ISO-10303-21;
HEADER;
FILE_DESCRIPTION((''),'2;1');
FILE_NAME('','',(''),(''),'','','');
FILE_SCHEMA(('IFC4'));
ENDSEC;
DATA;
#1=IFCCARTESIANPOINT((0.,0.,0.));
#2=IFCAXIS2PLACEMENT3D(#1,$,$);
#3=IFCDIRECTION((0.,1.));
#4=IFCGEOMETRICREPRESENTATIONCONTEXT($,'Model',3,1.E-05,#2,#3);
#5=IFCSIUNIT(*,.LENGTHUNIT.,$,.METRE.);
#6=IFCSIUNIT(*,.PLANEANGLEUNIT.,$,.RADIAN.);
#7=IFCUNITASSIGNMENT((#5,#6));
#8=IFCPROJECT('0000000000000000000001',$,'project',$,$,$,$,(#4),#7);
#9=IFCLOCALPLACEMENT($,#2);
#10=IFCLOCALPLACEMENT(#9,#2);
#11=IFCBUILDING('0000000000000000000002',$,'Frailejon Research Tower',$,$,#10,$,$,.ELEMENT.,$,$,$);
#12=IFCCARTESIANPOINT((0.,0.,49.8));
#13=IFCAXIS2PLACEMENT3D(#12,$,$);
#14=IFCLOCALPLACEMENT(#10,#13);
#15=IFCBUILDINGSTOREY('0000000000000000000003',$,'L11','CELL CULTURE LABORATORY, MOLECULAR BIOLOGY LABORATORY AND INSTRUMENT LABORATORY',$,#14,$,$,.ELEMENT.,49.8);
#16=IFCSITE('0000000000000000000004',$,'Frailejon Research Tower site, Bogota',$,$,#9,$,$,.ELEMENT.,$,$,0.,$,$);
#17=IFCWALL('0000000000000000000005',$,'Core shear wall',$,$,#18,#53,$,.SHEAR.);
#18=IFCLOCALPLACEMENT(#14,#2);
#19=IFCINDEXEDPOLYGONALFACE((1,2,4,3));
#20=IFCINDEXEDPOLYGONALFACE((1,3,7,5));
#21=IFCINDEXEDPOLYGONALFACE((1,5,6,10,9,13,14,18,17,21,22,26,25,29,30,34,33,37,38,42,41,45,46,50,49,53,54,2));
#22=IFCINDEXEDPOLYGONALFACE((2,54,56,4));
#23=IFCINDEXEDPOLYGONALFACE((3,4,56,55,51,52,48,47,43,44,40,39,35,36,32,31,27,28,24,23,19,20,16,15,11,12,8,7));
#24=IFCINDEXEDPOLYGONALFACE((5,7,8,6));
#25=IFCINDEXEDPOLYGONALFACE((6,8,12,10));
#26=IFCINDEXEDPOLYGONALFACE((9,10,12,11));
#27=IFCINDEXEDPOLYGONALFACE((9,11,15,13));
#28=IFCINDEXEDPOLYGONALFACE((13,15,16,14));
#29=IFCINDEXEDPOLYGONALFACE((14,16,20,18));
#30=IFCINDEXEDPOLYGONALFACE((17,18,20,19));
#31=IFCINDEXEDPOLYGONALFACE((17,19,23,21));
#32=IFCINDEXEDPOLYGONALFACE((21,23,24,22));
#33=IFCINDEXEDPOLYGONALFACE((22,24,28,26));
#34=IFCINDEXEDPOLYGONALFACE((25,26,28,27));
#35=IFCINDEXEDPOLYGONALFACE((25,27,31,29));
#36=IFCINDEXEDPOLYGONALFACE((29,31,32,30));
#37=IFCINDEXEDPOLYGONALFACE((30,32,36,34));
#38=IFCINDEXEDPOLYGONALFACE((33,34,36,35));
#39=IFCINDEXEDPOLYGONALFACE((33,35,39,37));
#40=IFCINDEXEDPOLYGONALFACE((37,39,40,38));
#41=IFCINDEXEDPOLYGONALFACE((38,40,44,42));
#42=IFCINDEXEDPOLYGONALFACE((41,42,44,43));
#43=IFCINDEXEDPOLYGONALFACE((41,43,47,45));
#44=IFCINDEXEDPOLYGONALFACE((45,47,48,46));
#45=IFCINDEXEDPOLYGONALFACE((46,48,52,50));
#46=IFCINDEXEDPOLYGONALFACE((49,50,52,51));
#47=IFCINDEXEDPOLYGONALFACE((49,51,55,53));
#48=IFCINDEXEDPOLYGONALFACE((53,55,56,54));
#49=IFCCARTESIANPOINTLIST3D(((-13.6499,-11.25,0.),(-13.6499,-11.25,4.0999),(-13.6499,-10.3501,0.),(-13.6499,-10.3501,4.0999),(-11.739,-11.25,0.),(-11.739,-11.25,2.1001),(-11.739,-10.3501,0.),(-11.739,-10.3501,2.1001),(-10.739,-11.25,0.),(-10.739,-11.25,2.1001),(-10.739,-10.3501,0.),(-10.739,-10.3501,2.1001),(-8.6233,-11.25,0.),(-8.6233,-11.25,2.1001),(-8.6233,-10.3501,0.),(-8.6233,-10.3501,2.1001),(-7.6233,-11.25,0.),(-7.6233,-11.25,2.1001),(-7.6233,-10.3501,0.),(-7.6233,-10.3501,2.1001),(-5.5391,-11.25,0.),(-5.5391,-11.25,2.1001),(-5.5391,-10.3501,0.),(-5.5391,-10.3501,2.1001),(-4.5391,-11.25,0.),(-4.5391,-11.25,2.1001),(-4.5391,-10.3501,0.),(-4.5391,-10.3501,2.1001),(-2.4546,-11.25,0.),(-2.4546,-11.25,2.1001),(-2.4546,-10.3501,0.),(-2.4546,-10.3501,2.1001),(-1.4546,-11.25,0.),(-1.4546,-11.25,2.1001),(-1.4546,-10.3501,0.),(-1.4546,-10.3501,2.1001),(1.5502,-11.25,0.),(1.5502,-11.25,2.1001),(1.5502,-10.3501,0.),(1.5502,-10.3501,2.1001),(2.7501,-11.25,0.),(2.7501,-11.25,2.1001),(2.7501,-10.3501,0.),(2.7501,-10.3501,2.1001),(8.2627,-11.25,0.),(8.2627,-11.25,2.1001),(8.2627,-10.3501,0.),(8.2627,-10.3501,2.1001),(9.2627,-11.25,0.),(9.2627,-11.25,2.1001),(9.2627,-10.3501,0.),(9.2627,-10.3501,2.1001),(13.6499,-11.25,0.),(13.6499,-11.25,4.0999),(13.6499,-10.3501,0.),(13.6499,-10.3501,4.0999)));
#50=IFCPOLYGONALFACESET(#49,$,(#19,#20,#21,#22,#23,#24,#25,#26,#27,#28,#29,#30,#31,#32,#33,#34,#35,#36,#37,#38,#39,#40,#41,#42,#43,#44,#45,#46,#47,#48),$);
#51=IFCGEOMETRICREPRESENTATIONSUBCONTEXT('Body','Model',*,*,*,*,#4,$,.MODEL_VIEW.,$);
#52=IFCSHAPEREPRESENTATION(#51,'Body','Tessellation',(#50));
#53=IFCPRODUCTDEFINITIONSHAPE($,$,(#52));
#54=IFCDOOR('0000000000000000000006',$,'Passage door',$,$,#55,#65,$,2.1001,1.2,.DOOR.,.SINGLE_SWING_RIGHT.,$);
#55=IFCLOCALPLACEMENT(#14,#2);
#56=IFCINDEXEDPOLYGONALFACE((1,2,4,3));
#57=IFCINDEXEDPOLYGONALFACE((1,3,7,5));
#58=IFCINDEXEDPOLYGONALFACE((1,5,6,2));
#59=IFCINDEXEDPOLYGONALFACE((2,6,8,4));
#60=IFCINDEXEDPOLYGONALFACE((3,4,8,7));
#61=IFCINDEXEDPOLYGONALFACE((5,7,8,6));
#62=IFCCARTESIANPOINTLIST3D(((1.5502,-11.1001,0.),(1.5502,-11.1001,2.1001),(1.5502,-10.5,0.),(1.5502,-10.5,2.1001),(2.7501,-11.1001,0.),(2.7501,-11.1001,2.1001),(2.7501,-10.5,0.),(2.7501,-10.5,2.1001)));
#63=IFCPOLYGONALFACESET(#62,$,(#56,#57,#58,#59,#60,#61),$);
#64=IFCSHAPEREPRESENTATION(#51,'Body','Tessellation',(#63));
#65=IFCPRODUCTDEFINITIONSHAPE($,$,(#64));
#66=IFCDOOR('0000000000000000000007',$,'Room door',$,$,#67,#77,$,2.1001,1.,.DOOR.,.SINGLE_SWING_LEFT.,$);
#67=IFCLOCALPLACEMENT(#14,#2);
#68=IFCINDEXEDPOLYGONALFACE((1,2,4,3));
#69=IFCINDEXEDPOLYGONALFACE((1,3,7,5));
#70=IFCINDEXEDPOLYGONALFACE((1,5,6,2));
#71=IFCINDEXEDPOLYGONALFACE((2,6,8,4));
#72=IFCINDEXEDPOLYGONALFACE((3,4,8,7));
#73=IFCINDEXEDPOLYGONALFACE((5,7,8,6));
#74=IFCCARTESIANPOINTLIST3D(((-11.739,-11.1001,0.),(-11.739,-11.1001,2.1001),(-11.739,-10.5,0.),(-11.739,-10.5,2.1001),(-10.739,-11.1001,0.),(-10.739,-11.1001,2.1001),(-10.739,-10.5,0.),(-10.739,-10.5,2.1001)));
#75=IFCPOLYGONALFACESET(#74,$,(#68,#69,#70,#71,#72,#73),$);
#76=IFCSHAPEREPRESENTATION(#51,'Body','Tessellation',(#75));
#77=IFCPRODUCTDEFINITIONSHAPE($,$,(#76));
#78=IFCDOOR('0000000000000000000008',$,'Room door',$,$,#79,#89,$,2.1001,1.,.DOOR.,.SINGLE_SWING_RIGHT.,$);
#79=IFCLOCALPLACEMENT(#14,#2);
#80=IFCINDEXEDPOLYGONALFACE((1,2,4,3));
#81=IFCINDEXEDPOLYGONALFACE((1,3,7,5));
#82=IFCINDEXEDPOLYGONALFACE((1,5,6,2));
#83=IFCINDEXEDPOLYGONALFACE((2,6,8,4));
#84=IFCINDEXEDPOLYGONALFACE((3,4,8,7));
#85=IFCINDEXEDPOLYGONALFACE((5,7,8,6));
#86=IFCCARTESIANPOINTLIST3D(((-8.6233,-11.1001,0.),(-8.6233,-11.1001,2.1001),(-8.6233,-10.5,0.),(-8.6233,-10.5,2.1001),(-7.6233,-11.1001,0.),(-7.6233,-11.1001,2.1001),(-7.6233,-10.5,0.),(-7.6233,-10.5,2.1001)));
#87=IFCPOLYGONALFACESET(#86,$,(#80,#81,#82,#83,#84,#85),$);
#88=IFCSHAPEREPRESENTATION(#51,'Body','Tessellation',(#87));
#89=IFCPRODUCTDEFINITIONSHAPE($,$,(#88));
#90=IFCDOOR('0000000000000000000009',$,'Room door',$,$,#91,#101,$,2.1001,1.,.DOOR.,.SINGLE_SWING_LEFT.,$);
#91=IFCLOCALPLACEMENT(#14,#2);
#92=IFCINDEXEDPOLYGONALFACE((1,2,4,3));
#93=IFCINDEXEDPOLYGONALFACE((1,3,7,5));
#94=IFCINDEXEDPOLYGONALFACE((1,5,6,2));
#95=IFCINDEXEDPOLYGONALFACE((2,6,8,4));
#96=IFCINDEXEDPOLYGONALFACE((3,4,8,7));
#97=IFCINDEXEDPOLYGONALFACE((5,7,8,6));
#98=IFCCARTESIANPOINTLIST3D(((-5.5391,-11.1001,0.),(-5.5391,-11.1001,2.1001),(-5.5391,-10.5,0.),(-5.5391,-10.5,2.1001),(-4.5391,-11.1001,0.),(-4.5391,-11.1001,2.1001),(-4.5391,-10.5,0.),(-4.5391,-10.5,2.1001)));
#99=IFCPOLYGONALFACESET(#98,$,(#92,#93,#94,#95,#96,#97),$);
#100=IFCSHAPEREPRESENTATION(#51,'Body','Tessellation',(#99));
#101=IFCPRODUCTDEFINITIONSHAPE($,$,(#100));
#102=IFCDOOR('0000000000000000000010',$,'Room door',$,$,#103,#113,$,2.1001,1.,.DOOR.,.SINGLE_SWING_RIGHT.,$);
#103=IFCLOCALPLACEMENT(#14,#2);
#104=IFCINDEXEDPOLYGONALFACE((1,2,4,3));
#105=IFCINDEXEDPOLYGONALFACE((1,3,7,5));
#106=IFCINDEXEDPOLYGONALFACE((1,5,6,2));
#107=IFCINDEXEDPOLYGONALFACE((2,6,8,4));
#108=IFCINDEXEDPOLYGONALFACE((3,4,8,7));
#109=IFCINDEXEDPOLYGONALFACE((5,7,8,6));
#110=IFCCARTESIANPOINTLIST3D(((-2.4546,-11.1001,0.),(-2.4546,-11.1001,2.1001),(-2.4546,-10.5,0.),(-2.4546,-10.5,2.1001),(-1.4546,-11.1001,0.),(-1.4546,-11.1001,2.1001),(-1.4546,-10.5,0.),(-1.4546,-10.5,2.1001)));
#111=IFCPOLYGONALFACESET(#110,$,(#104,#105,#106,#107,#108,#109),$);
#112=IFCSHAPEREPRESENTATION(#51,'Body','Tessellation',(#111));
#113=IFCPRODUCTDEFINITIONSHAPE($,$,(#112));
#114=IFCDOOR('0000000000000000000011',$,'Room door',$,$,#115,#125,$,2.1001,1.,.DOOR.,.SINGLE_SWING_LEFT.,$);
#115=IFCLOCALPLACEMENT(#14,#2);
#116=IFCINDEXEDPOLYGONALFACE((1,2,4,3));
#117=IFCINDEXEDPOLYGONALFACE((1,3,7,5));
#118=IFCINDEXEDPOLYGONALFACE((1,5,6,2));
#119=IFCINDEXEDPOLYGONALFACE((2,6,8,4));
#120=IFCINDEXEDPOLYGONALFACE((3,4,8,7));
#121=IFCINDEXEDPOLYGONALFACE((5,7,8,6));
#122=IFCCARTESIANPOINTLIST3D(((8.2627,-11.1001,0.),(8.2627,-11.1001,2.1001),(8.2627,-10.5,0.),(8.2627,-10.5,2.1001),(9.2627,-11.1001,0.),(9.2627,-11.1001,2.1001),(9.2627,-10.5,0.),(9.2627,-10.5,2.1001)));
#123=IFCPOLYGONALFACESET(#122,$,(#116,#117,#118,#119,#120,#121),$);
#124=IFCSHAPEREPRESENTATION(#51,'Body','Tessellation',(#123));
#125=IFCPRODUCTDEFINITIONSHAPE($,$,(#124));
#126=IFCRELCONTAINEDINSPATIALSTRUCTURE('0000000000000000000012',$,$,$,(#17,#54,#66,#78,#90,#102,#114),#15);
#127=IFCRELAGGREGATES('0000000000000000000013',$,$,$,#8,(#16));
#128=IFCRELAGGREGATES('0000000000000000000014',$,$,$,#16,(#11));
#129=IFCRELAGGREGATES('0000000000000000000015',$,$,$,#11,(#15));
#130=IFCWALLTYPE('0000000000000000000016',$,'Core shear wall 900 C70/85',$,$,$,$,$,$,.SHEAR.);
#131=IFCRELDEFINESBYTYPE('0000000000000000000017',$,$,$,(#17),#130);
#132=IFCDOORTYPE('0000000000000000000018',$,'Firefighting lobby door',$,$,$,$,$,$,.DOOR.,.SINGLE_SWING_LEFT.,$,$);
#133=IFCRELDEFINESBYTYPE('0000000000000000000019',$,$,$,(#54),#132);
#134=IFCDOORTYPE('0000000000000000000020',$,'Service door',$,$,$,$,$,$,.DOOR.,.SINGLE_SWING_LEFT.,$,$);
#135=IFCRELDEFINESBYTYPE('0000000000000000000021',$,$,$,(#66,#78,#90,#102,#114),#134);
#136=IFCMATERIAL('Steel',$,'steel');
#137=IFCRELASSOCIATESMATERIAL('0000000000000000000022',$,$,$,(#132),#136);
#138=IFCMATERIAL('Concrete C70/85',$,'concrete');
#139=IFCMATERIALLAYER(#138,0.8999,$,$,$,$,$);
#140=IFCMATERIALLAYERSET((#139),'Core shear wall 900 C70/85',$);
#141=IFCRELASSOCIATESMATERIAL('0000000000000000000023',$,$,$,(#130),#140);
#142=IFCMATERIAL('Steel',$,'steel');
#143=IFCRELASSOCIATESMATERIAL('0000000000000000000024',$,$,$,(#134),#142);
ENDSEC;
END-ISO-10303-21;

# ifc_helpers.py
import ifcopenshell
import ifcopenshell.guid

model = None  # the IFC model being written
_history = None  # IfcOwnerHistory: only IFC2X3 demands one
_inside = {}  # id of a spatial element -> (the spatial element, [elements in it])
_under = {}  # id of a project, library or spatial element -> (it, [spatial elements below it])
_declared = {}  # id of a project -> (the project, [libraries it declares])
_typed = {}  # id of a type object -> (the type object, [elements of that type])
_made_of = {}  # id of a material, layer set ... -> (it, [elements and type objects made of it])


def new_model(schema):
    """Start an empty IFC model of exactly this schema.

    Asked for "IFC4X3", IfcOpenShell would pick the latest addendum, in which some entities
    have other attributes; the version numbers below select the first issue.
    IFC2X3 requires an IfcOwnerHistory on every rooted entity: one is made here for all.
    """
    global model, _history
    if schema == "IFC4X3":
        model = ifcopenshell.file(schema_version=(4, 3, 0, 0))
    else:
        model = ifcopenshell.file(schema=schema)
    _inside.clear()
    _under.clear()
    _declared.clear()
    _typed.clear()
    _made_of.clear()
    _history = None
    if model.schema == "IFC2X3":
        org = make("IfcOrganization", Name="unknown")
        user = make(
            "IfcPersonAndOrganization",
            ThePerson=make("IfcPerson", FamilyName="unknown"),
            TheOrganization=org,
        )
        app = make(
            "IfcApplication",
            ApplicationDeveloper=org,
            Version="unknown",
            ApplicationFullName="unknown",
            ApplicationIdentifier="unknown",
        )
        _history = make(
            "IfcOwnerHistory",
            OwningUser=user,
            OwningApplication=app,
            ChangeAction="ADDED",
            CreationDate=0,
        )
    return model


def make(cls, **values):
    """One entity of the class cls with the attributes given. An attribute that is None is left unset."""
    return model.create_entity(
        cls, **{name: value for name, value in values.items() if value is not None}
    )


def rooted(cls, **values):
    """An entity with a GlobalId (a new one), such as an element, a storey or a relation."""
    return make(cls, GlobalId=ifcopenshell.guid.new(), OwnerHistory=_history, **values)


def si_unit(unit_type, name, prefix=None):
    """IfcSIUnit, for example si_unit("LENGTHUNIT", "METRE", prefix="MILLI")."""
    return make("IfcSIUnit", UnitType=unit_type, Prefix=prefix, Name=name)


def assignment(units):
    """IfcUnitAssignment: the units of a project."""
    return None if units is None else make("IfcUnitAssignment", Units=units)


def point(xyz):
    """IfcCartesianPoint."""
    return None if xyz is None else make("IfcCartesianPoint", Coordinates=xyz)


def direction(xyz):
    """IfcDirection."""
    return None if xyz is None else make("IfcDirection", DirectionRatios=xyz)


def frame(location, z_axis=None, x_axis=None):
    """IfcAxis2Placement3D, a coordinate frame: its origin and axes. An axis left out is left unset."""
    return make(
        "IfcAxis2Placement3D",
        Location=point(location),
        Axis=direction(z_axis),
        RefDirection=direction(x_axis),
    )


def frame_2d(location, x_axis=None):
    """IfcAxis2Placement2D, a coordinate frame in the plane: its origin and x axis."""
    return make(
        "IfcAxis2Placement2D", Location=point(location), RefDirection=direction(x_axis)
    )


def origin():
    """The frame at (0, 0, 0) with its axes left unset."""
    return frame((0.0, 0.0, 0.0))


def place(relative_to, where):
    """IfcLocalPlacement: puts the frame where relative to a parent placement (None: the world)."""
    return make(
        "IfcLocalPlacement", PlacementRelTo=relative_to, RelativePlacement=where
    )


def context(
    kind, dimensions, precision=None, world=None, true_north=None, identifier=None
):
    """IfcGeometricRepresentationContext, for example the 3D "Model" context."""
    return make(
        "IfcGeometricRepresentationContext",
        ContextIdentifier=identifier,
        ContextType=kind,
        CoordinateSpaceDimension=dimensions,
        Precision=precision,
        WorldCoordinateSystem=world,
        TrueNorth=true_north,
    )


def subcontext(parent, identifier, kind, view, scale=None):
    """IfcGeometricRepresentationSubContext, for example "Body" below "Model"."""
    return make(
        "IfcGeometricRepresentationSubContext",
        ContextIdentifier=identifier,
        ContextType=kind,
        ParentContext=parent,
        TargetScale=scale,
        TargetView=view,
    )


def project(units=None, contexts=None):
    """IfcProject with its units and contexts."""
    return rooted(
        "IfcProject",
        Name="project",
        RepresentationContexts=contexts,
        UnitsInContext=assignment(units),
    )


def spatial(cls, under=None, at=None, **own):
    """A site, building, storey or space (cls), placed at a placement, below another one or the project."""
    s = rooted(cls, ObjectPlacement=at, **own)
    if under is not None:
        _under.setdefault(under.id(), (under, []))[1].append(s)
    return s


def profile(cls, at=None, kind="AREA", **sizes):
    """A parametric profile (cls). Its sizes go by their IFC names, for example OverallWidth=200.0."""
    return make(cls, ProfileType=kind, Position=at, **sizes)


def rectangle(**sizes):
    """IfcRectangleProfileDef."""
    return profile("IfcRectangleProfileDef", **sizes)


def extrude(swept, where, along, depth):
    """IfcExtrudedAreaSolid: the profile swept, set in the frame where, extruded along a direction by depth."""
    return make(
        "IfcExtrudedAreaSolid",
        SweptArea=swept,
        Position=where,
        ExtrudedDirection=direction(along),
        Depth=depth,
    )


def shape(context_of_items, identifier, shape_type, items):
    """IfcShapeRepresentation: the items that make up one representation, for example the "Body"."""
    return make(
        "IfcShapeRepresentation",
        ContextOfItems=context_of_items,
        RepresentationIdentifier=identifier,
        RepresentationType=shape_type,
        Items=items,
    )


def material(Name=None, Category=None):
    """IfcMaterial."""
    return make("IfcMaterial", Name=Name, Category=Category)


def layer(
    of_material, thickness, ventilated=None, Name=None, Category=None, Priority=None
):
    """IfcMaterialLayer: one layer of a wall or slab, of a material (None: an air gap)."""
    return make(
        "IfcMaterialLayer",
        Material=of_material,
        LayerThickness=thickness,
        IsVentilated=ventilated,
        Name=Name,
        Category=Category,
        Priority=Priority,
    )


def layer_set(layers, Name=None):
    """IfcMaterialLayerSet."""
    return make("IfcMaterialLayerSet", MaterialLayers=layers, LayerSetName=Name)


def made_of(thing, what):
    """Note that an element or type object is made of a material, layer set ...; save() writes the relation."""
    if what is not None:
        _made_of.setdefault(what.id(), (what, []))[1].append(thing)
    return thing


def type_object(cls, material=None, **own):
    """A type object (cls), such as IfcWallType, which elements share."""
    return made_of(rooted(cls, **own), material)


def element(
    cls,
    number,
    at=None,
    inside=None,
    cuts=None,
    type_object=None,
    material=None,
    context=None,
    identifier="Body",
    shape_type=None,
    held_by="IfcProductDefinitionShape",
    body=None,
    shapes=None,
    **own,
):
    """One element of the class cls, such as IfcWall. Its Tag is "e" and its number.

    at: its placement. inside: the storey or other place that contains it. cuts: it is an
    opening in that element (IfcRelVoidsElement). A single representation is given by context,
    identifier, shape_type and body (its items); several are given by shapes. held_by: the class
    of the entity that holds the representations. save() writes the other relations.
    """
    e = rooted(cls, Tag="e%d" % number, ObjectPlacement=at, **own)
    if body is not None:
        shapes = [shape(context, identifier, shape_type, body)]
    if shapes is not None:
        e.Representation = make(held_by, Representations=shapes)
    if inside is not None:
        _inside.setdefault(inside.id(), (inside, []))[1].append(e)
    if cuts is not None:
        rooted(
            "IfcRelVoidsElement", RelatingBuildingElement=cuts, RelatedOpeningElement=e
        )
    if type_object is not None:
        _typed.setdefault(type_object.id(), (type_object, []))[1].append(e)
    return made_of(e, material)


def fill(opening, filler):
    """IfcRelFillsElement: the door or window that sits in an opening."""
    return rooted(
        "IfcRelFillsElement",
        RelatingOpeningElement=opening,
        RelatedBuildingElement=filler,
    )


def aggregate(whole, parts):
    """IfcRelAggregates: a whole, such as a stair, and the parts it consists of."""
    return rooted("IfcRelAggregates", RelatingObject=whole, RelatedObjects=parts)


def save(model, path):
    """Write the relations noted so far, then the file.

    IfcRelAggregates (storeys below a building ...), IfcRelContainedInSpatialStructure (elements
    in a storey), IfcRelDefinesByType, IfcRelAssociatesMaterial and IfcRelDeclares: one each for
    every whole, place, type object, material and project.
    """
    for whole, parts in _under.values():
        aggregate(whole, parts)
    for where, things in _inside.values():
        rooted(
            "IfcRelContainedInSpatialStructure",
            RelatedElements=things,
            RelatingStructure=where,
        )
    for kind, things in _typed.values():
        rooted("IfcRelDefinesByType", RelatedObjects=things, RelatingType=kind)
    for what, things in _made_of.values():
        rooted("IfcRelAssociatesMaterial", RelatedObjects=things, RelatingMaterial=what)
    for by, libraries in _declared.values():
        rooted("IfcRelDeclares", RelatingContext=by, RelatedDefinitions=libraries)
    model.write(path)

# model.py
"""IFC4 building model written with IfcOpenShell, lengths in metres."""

from ifc_helpers import new_model, si_unit, direction, frame, frame_2d, origin, place, context, subcontext, project, spatial, rectangle, extrude, material, layer, layer_set, type_object, element, fill, save


model = new_model("IFC4")

# Units and contexts
model_context = context("Model", 3, precision=1e-05, world=origin(), true_north=direction((0.0, 1.0)))
body_context = subcontext(model_context, "Body", "Model", "MODEL_VIEW")
ifc_project = project(units=[si_unit("LENGTHUNIT", "METRE"), si_unit("PLANEANGLEUNIT", "RADIAN")], contexts=[model_context])

# Site, building, storey
site_placement = place(None, origin())
site = spatial("IfcSite", under=ifc_project, at=site_placement, Name="Frailejon Research Tower site, Bogota", CompositionType="ELEMENT", RefElevation=0.0)
building_placement = place(site_placement, origin())
building = spatial("IfcBuilding", under=site, at=building_placement, Name="Frailejon Research Tower", CompositionType="ELEMENT")
storey_placement = place(building_placement, frame((0.0, 0.0, 49.8)))
storey = spatial("IfcBuildingStorey", under=building, at=storey_placement, Name="L11", Description="CELL CULTURE LABORATORY, MOLECULAR BIOLOGY LABORATORY AND INSTRUMENT LABORATORY", CompositionType="ELEMENT", Elevation=49.8)

# Shared definitions
ifc_material_1 = material(Name="Steel", Category="steel")
door_type_1 = type_object("IfcDoorType", Name="Firefighting lobby door", OperationType="SINGLE_SWING_LEFT", PredefinedType="DOOR", material=ifc_material_1)

# Wall, openings, doors
ifc_material_2 = material(Name="Concrete C70/85", Category="concrete")
ifc_layer_1 = layer(ifc_material_2, 0.8999)
ifc_layer_set_1 = layer_set([ifc_layer_1], Name="Core shear wall 900 C70/85")
wall_type_1 = type_object("IfcWallType", Name="Core shear wall 900 C70/85", PredefinedType="SHEAR", material=ifc_layer_set_1)
wall_1_placement = place(storey_placement, frame((-13.6499, -10.8, 0.0), z_axis=(0.0, 0.0, 1.0), x_axis=(1.0, 0.0, 0.0)))
wall_1 = element("IfcWall", 1, at=wall_1_placement, inside=storey, type_object=wall_type_1, Name="Core shear wall", PredefinedType="SHEAR", context=body_context, shape_type="SweptSolid", body=[
    extrude(rectangle(XDim=27.2998, YDim=0.8999, at=frame_2d((13.6499, 0.0))), origin(), (0.0, 0.0, 1.0), 4.0999),
])
opening_1_placement = place(wall_1_placement, frame((1.9109, 0.0, 0.0)))
opening_1 = element("IfcOpeningElement", 2, at=opening_1_placement, cuts=wall_1, PredefinedType="OPENING", context=body_context, shape_type="SweptSolid", body=[
    extrude(rectangle(XDim=1.0, YDim=2.1001, at=frame_2d((0.5, 1.05))), frame((0.0, 0.46, 0.0), z_axis=(0.0, -1.0, 0.0), x_axis=(1.0, 0.0, 0.0)), (0.0, 0.0, 1.0), 0.9199),
])
opening_2_placement = place(wall_1_placement, frame((5.0266, 0.0, 0.0)))
opening_2 = element("IfcOpeningElement", 3, at=opening_2_placement, cuts=wall_1, PredefinedType="OPENING", context=body_context, shape_type="SweptSolid", body=[
    extrude(rectangle(XDim=1.0, YDim=2.1001, at=frame_2d((0.5, 1.05))), frame((0.0, 0.46, 0.0), z_axis=(0.0, -1.0, 0.0), x_axis=(1.0, 0.0, 0.0)), (0.0, 0.0, 1.0), 0.9199),
])
opening_3_placement = place(wall_1_placement, frame((8.1108, 0.0, 0.0)))
opening_3 = element("IfcOpeningElement", 4, at=opening_3_placement, cuts=wall_1, PredefinedType="OPENING", context=body_context, shape_type="SweptSolid", body=[
    extrude(rectangle(XDim=1.0, YDim=2.1001, at=frame_2d((0.5, 1.05))), frame((0.0, 0.46, 0.0), z_axis=(0.0, -1.0, 0.0), x_axis=(1.0, 0.0, 0.0)), (0.0, 0.0, 1.0), 0.9199),
])
opening_4_placement = place(wall_1_placement, frame((11.1953, 0.0, 0.0)))
opening_4 = element("IfcOpeningElement", 5, at=opening_4_placement, cuts=wall_1, PredefinedType="OPENING", context=body_context, shape_type="SweptSolid", body=[
    extrude(rectangle(XDim=1.0, YDim=2.1001, at=frame_2d((0.5, 1.05))), frame((0.0, 0.46, 0.0), z_axis=(0.0, -1.0, 0.0), x_axis=(1.0, 0.0, 0.0)), (0.0, 0.0, 1.0), 0.9199),
])
opening_5_placement = place(wall_1_placement, frame((21.9126, 0.0, 0.0)))
opening_5 = element("IfcOpeningElement", 6, at=opening_5_placement, cuts=wall_1, PredefinedType="OPENING", context=body_context, shape_type="SweptSolid", body=[
    extrude(rectangle(XDim=1.0, YDim=2.1001, at=frame_2d((0.5, 1.05))), frame((0.0, 0.46, 0.0), z_axis=(0.0, -1.0, 0.0), x_axis=(1.0, 0.0, 0.0)), (0.0, 0.0, 1.0), 0.9199),
])
opening_6_placement = place(wall_1_placement, frame((15.2, 0.0, 0.0)))
opening_6 = element("IfcOpeningElement", 7, at=opening_6_placement, cuts=wall_1, PredefinedType="OPENING", context=body_context, shape_type="SweptSolid", body=[
    extrude(rectangle(XDim=1.2, YDim=2.1001, at=frame_2d((0.6001, 1.05))), frame((0.0, 0.46, 0.0), z_axis=(0.0, -1.0, 0.0), x_axis=(1.0, 0.0, 0.0)), (0.0, 0.0, 1.0), 0.9199),
])
door_1_placement = place(opening_6_placement, origin())
door_1 = element("IfcDoor", 8, at=door_1_placement, inside=storey, type_object=door_type_1, Name="Passage door", OperationType="SINGLE_SWING_RIGHT", OverallHeight=2.1001, OverallWidth=1.2, PredefinedType="DOOR", context=body_context, shape_type="SweptSolid", body=[
    extrude(rectangle(XDim=1.2, YDim=2.1001, at=frame_2d((0.6001, 1.05))), frame((0.0, 0.3, 0.0), z_axis=(0.0, -1.0, 0.0), x_axis=(1.0, 0.0, 0.0)), (0.0, 0.0, 1.0), 0.6001),
])
fill(opening_6, door_1)
ifc_material_3 = material(Name="Steel", Category="steel")
door_type_2 = type_object("IfcDoorType", Name="Service door", OperationType="SINGLE_SWING_LEFT", PredefinedType="DOOR", material=ifc_material_3)
door_2_placement = place(opening_1_placement, origin())
door_2 = element("IfcDoor", 9, at=door_2_placement, inside=storey, type_object=door_type_2, Name="Room door", OperationType="SINGLE_SWING_LEFT", OverallHeight=2.1001, OverallWidth=1.0, PredefinedType="DOOR", context=body_context, shape_type="SweptSolid", body=[
    extrude(rectangle(XDim=1.0, YDim=2.1001, at=frame_2d((0.5, 1.05))), frame((0.0, 0.3, 0.0), z_axis=(0.0, -1.0, 0.0), x_axis=(1.0, 0.0, 0.0)), (0.0, 0.0, 1.0), 0.6001),
])
fill(opening_1, door_2)
door_3_placement = place(opening_2_placement, origin())
door_3 = element("IfcDoor", 10, at=door_3_placement, inside=storey, type_object=door_type_2, Name="Room door", OperationType="SINGLE_SWING_RIGHT", OverallHeight=2.1001, OverallWidth=1.0, PredefinedType="DOOR", context=body_context, shape_type="SweptSolid", body=[
    extrude(rectangle(XDim=1.0, YDim=2.1001, at=frame_2d((0.5, 1.05))), frame((0.0, 0.3, 0.0), z_axis=(0.0, -1.0, 0.0), x_axis=(1.0, 0.0, 0.0)), (0.0, 0.0, 1.0), 0.6001),
])
fill(opening_2, door_3)
door_4_placement = place(opening_3_placement, origin())
door_4 = element("IfcDoor", 11, at=door_4_placement, inside=storey, type_object=door_type_2, Name="Room door", OperationType="SINGLE_SWING_LEFT", OverallHeight=2.1001, OverallWidth=1.0, PredefinedType="DOOR", context=body_context, shape_type="SweptSolid", body=[
    extrude(rectangle(XDim=1.0, YDim=2.1001, at=frame_2d((0.5, 1.05))), frame((0.0, 0.3, 0.0), z_axis=(0.0, -1.0, 0.0), x_axis=(1.0, 0.0, 0.0)), (0.0, 0.0, 1.0), 0.6001),
])
fill(opening_3, door_4)
door_5_placement = place(opening_4_placement, origin())
door_5 = element("IfcDoor", 12, at=door_5_placement, inside=storey, type_object=door_type_2, Name="Room door", OperationType="SINGLE_SWING_RIGHT", OverallHeight=2.1001, OverallWidth=1.0, PredefinedType="DOOR", context=body_context, shape_type="SweptSolid", body=[
    extrude(rectangle(XDim=1.0, YDim=2.1001, at=frame_2d((0.5, 1.05))), frame((0.0, 0.3, 0.0), z_axis=(0.0, -1.0, 0.0), x_axis=(1.0, 0.0, 0.0)), (0.0, 0.0, 1.0), 0.6001),
])
fill(opening_4, door_5)
door_6_placement = place(opening_5_placement, origin())
door_6 = element("IfcDoor", 13, at=door_6_placement, inside=storey, type_object=door_type_2, Name="Room door", OperationType="SINGLE_SWING_LEFT", OverallHeight=2.1001, OverallWidth=1.0, PredefinedType="DOOR", context=body_context, shape_type="SweptSolid", body=[
    extrude(rectangle(XDim=1.0, YDim=2.1001, at=frame_2d((0.5, 1.05))), frame((0.0, 0.3, 0.0), z_axis=(0.0, -1.0, 0.0), x_axis=(1.0, 0.0, 0.0)), (0.0, 0.0, 1.0), 0.6001),
])
fill(opening_5, door_6)

save(model, "model.ifc")
